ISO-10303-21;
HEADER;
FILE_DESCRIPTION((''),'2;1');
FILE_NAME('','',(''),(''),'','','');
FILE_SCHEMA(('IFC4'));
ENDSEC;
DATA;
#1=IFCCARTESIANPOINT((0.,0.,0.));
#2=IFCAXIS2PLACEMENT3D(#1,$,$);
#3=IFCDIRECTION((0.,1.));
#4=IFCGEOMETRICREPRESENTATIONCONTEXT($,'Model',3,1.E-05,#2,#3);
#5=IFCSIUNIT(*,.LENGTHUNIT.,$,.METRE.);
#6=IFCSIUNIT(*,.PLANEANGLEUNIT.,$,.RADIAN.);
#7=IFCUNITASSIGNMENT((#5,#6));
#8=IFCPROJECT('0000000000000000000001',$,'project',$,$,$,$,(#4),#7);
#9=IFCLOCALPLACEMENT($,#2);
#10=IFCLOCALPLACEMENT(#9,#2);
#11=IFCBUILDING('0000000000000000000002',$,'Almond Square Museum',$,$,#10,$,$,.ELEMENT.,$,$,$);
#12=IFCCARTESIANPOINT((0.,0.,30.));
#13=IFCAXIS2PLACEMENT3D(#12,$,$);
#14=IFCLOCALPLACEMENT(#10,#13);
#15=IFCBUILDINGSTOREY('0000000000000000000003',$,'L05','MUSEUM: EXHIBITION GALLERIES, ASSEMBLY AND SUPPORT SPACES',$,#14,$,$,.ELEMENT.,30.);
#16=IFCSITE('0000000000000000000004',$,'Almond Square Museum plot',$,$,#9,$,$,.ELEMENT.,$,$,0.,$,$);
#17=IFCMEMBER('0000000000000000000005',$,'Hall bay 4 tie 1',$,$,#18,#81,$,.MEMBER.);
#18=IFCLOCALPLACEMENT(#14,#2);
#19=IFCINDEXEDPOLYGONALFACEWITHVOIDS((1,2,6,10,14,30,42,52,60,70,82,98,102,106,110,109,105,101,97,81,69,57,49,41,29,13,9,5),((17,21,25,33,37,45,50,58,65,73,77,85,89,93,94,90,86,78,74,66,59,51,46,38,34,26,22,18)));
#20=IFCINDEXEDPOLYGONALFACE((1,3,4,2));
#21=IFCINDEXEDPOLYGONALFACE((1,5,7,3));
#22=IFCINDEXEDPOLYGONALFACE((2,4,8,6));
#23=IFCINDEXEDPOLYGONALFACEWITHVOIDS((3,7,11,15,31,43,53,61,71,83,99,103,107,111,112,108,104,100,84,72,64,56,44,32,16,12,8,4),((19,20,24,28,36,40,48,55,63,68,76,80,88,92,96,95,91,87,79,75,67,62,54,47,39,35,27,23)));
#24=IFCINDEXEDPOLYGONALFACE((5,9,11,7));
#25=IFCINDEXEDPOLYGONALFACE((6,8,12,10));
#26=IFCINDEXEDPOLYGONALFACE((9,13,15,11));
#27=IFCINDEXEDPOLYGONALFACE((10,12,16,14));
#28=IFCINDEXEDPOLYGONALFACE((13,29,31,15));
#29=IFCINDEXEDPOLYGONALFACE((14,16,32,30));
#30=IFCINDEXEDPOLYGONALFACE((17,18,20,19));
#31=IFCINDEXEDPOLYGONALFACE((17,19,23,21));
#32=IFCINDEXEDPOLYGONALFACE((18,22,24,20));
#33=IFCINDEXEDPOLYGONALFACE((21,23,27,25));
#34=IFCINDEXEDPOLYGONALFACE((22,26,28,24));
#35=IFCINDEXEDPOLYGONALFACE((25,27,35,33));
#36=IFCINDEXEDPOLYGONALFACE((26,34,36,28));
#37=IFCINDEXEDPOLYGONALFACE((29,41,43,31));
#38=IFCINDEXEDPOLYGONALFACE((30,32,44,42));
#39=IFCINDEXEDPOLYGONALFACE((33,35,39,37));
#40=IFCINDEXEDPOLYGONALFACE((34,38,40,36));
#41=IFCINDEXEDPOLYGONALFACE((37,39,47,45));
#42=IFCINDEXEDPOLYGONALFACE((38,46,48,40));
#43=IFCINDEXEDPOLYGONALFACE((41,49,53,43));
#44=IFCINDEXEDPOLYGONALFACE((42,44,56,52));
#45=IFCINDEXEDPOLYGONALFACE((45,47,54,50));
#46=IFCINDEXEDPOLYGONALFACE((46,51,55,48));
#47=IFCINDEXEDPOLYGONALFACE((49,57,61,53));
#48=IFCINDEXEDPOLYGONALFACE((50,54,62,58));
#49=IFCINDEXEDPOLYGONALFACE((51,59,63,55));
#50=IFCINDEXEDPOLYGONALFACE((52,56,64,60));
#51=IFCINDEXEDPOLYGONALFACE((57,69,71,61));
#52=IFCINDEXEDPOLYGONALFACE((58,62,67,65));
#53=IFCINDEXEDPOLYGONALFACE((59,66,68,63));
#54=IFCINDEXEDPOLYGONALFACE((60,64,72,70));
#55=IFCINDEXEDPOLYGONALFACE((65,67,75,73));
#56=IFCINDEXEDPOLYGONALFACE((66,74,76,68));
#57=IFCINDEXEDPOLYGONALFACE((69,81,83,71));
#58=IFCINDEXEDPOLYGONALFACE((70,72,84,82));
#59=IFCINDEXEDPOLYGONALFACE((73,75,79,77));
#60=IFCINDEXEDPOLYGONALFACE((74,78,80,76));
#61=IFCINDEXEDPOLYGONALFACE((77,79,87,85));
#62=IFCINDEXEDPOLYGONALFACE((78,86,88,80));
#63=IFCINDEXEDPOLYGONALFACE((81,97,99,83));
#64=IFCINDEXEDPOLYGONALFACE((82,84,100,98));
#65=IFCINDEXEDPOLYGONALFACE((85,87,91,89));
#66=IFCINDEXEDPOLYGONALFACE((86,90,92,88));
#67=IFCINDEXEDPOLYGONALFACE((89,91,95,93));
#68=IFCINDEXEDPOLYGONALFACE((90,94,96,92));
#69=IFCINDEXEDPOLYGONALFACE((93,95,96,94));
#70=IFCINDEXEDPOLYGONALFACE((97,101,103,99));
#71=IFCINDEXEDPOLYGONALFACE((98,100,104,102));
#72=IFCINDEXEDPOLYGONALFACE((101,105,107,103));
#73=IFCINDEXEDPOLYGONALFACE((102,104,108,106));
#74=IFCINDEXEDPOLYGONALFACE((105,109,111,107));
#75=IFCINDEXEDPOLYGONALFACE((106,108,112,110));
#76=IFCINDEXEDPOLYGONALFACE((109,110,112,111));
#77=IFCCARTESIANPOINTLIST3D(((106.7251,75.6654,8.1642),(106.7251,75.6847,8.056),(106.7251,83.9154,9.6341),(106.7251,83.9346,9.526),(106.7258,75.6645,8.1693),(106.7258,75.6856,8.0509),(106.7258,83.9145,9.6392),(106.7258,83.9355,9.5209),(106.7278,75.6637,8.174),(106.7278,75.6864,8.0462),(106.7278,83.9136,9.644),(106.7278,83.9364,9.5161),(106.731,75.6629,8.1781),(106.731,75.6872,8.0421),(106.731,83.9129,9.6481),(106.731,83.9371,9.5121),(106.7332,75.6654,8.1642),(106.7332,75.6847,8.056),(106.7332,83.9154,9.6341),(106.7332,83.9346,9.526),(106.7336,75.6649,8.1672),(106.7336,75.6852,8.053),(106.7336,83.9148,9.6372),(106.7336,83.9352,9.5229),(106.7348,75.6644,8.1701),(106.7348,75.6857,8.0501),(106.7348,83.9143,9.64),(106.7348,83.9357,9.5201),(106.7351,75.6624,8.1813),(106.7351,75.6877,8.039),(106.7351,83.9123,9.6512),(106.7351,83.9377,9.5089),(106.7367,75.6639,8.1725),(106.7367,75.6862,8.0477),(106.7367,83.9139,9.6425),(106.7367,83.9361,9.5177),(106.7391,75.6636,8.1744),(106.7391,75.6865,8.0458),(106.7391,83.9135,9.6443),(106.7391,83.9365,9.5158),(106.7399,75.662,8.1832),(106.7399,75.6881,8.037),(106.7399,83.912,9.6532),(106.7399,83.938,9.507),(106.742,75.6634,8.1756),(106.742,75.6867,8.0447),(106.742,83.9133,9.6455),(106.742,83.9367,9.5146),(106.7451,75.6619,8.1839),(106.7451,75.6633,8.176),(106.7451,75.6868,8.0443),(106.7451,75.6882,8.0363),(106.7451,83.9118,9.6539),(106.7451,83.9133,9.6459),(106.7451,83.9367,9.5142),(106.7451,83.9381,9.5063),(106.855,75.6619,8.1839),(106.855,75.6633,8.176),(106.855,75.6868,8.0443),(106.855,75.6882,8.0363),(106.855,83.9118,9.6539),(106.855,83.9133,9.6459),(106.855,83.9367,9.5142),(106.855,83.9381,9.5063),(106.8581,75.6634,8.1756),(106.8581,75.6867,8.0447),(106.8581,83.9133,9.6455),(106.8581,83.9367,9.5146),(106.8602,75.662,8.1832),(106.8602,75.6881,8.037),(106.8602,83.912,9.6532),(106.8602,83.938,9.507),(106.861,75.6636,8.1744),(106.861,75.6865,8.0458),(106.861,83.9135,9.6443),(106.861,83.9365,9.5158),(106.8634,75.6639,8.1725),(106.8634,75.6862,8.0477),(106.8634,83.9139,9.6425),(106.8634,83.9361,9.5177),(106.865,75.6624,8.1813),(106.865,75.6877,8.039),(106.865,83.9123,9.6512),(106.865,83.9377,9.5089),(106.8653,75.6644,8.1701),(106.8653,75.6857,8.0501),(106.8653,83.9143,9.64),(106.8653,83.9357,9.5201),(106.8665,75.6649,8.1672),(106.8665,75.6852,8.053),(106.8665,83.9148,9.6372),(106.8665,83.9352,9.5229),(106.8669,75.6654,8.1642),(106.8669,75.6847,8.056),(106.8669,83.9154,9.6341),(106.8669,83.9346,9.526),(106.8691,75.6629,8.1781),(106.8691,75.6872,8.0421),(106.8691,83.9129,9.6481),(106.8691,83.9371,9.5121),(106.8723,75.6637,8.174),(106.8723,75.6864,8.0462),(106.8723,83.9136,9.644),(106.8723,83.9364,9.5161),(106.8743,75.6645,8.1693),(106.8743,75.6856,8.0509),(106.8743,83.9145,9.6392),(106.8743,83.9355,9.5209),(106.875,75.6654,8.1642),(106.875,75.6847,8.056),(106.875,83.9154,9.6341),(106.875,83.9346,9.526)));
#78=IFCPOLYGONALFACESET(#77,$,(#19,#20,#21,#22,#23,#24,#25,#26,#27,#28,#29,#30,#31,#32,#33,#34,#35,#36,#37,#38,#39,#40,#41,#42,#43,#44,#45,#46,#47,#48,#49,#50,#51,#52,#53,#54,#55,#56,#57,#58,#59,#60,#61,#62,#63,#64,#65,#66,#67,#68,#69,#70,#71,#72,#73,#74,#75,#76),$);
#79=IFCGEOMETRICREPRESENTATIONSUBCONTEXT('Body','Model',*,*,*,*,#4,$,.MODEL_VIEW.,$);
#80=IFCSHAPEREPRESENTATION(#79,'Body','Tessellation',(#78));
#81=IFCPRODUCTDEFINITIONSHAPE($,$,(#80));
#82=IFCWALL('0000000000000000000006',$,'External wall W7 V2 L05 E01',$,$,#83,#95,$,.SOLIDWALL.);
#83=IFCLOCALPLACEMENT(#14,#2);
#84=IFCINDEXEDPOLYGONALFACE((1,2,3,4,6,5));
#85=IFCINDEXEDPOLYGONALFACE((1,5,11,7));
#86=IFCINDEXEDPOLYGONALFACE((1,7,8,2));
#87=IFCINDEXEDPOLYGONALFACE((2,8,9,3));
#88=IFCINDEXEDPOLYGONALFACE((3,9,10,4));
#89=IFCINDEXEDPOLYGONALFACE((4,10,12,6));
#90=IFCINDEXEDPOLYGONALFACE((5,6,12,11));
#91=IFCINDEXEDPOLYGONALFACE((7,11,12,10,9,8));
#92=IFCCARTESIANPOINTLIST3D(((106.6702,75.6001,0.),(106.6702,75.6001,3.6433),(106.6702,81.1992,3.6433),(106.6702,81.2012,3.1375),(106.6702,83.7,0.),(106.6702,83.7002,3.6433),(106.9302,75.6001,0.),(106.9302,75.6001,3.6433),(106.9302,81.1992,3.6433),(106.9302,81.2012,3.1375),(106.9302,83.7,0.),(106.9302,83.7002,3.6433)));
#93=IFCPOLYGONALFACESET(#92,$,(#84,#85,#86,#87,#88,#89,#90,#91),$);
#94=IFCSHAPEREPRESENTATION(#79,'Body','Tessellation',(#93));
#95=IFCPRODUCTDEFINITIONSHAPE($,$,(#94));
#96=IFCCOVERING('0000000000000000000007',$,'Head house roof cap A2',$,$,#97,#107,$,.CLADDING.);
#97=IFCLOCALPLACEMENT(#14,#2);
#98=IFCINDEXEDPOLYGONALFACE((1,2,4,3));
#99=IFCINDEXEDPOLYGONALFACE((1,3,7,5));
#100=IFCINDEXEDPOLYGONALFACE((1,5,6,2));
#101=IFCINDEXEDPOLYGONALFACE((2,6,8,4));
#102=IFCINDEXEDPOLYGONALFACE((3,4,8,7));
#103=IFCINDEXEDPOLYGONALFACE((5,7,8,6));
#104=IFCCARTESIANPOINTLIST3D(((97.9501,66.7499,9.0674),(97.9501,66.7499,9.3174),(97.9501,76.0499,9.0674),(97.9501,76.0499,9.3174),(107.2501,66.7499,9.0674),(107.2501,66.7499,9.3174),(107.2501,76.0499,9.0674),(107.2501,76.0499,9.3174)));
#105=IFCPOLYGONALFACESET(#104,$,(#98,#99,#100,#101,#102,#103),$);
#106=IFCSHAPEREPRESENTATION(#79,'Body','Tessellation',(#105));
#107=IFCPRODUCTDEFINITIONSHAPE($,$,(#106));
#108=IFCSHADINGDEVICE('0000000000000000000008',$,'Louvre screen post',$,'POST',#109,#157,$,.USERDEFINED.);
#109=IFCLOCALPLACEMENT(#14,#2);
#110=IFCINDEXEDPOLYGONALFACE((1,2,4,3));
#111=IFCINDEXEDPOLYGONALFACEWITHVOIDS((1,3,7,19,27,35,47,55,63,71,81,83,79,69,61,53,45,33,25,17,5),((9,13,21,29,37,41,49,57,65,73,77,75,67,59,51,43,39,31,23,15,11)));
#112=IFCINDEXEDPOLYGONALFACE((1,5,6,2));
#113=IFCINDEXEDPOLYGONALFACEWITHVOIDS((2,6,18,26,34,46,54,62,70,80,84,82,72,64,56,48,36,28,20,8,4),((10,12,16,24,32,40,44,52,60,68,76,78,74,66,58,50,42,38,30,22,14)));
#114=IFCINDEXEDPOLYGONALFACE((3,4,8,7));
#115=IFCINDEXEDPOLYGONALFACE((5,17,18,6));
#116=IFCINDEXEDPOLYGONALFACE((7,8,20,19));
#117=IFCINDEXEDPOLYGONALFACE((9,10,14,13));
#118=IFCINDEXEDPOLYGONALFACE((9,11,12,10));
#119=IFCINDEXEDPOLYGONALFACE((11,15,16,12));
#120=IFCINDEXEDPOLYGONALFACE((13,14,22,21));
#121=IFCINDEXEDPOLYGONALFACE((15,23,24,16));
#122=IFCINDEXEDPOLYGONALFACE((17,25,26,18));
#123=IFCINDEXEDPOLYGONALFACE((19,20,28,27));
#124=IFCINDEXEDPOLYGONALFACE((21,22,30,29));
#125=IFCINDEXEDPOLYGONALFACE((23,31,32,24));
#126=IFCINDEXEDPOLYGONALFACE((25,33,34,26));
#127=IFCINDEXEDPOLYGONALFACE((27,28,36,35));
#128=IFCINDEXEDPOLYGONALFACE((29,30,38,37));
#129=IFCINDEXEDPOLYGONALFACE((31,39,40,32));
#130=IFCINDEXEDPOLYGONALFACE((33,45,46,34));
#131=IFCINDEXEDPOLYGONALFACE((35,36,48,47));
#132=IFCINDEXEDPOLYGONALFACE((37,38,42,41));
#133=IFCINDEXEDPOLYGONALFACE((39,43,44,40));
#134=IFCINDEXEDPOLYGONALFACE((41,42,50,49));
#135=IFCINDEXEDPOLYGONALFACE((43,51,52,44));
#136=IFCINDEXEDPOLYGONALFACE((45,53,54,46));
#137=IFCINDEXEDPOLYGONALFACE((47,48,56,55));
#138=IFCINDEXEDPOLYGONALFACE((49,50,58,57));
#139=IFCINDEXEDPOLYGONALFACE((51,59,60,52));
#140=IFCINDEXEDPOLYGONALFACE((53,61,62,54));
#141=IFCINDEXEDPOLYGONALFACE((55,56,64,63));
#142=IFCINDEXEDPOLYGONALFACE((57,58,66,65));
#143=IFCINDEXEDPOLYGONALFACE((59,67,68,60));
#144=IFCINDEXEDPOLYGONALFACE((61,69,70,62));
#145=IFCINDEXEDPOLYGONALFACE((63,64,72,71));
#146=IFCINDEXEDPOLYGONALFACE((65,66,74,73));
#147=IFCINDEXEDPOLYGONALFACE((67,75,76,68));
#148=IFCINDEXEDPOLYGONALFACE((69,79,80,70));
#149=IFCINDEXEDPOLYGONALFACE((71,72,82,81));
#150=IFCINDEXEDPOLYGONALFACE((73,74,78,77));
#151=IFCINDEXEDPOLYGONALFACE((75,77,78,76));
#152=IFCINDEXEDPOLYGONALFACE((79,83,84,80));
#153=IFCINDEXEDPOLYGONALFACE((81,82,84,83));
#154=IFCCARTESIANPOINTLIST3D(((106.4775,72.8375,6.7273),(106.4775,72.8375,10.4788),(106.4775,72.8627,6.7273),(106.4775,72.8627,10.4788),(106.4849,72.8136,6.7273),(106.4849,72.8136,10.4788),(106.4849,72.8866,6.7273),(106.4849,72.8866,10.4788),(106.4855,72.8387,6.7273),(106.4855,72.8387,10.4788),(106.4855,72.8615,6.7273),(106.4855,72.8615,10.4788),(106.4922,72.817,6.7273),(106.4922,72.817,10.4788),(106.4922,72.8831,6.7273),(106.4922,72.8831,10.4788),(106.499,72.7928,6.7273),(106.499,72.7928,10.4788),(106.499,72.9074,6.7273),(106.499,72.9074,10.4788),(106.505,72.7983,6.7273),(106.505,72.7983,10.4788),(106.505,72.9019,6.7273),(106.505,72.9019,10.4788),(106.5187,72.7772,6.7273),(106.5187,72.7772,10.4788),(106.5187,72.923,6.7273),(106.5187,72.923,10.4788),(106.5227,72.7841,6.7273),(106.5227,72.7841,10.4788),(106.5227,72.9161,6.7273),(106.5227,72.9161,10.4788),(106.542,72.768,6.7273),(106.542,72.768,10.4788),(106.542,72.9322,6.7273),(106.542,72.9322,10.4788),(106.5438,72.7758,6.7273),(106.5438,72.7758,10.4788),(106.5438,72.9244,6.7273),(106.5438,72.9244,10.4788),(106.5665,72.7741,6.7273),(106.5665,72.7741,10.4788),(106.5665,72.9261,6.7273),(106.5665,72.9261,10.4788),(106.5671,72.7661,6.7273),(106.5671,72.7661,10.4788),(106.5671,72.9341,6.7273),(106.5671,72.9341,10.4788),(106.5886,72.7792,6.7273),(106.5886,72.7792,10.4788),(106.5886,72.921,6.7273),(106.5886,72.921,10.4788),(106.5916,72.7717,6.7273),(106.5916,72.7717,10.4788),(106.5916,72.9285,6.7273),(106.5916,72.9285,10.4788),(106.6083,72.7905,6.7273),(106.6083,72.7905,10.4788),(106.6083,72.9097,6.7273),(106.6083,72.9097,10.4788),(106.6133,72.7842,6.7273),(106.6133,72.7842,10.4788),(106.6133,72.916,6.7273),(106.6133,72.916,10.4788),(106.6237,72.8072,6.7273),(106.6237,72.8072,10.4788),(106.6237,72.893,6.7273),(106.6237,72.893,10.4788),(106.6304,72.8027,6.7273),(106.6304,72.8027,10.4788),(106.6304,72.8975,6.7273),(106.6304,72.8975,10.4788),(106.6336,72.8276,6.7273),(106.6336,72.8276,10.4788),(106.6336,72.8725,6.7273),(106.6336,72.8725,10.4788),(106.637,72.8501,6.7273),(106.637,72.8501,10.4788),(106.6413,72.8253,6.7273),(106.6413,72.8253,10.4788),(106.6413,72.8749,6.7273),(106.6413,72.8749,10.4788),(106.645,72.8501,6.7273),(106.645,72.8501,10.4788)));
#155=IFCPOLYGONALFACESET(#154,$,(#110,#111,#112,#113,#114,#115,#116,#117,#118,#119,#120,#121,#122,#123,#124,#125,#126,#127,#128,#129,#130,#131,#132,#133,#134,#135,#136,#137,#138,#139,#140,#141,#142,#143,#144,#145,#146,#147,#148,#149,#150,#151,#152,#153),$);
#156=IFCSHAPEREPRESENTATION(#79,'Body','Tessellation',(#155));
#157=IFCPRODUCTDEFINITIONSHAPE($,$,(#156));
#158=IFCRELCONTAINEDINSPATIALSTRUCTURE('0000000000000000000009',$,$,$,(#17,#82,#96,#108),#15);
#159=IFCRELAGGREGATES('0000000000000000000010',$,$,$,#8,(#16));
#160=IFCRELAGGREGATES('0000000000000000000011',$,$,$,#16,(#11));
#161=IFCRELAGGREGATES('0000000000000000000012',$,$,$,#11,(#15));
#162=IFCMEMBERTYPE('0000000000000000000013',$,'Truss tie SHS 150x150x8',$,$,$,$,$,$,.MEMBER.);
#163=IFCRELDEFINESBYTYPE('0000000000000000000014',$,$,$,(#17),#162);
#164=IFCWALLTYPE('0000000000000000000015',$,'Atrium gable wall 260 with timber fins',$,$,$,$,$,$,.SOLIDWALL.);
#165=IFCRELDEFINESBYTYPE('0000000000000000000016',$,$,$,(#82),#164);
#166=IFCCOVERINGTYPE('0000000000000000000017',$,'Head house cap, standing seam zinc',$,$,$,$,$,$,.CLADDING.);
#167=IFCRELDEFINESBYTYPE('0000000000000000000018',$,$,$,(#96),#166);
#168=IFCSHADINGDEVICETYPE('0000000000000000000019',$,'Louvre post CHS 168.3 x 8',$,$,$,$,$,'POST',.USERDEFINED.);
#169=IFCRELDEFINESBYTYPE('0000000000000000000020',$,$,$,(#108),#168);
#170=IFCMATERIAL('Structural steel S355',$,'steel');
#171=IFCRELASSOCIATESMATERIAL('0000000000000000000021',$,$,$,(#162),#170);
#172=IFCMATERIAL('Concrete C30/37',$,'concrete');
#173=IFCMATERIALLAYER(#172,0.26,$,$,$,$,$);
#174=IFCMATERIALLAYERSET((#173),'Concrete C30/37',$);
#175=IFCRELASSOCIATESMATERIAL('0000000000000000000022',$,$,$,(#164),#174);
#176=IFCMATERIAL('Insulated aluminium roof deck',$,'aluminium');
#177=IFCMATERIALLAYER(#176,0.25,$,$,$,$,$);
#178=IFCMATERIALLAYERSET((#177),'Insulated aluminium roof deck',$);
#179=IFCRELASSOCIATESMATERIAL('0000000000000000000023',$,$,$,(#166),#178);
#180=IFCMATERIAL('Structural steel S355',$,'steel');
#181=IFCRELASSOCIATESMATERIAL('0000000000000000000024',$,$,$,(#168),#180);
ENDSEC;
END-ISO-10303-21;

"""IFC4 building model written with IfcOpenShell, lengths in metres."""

from ifc_helpers import new_model, si_unit, direction, frame, origin, origin_2d, place, context, subcontext, project, spatial, polyline, rectangle, hollow_rectangle, hollow_circle, outline, extrude, material, layer, layer_set, material_profile, profile_set, type_object, element, save


model = new_model("IFC4")

# Units and contexts
model_context = context("Model", 3, precision=1e-05, world=origin(), true_north=direction((0.0, 1.0)))
body_context = subcontext(model_context, "Body", "Model", "MODEL_VIEW")
ifc_project = project(units=[si_unit("LENGTHUNIT", "METRE"), si_unit("PLANEANGLEUNIT", "RADIAN")], contexts=[model_context])

# Site, building, storey
site_placement = place(None, origin())
site = spatial("IfcSite", under=ifc_project, at=site_placement, Name="Almond Square Museum plot", CompositionType="ELEMENT", RefElevation=0.0)
building_placement = place(site_placement, origin())
building = spatial("IfcBuilding", under=site, at=building_placement, Name="Almond Square Museum", CompositionType="ELEMENT")
storey_placement = place(building_placement, frame((0.0, 0.0, 30.0)))
storey = spatial("IfcBuildingStorey", under=building, at=storey_placement, Name="L05", Description="MUSEUM: EXHIBITION GALLERIES, ASSEMBLY AND SUPPORT SPACES", CompositionType="ELEMENT", Elevation=30.0)

# Member
ifc_material_1 = material(Name="Structural steel S355", Category="steel")
ifc_material_profile_1 = material_profile(ifc_material_1, hollow_rectangle(XDim=0.1499, YDim=0.1499, WallThickness=0.0081, InnerFilletRadius=0.012, OuterFilletRadius=0.02, at=origin_2d()))
ifc_profile_set_1 = profile_set([ifc_material_profile_1], Name="Structural steel S355")
member_type_1 = type_object("IfcMemberType", Name="Truss tie SHS 150x150x8", PredefinedType="MEMBER", material=ifc_profile_set_1)
member_1_placement = place(storey_placement, frame((106.8, 75.675, 8.1101), z_axis=(0.0, 0.984494, 0.175416), x_axis=(-1.0, 0.0, 0.0)))
element("IfcMember", 1, at=member_1_placement, inside=storey, type_object=member_type_1, Name="Hall bay 4 tie 1", PredefinedType="MEMBER", context=body_context, shape_type="SweptSolid", body=[
    extrude(hollow_rectangle(XDim=0.1499, YDim=0.1499, WallThickness=0.0081, InnerFilletRadius=0.012, OuterFilletRadius=0.02, at=origin_2d()), origin(), (0.0, 0.0, 1.0), 8.3799),
])

# Wall
ifc_material_2 = material(Name="Concrete C30/37", Category="concrete")
ifc_layer_1 = layer(ifc_material_2, 0.26)
ifc_layer_set_1 = layer_set([ifc_layer_1], Name="Concrete C30/37")
wall_type = type_object("IfcWallType", Name="Atrium gable wall 260 with timber fins", PredefinedType="SOLIDWALL", material=ifc_layer_set_1)
wall_placement = place(storey_placement, frame((106.8, 75.6001, 0.0), z_axis=(0.0, 0.0, 1.0), x_axis=(0.0, 1.0, 0.0)))
element("IfcWall", 2, at=wall_placement, inside=storey, type_object=wall_type, Name="External wall W7 V2 L05 E01", PredefinedType="SOLIDWALL", context=body_context, shape_type="SweptSolid", body=[
    extrude(outline(polyline([(0.0, 0.0), (8.0999, 0.0), (8.1001, 3.6433), (5.6011, 3.1375), (5.5991, 3.6433), (0.0, 3.6433), (0.0, 0.0)])), frame((0.0, 0.1299, 0.0), z_axis=(0.0, -1.0, 0.0), x_axis=(1.0, 0.0, 0.0)), (0.0, 0.0, 1.0), 0.26),
])

# Covering
ifc_material_3 = material(Name="Insulated aluminium roof deck", Category="aluminium")
ifc_layer_2 = layer(ifc_material_3, 0.25)
ifc_layer_set_2 = layer_set([ifc_layer_2], Name="Insulated aluminium roof deck")
covering_type_1 = type_object("IfcCoveringType", Name="Head house cap, standing seam zinc", PredefinedType="CLADDING", material=ifc_layer_set_2)
covering_1_placement = place(storey_placement, frame((102.6001, 71.3999, 9.0674), z_axis=(0.0, 0.0, 1.0), x_axis=(1.0, 0.0, 0.0)))
element("IfcCovering", 3, at=covering_1_placement, inside=storey, type_object=covering_type_1, Name="Head house roof cap A2", PredefinedType="CLADDING", context=body_context, shape_type="SweptSolid", body=[
    extrude(rectangle(XDim=9.3, YDim=9.3, at=origin_2d()), origin(), (0.0, 0.0, 1.0), 0.25),
])

# Shading device
ifc_material_4 = material(Name="Structural steel S355", Category="steel")
ifc_material_profile_2 = material_profile(ifc_material_4, hollow_circle(Radius=0.0842, WallThickness=0.0081, at=origin_2d()))
ifc_profile_set_2 = profile_set([ifc_material_profile_2], Name="Structural steel S355")
shading_device_type = type_object("IfcShadingDeviceType", Name="Louvre post CHS 168.3 x 8", ElementType="POST", PredefinedType="USERDEFINED", material=ifc_profile_set_2)
shading_device_1_placement = place(storey_placement, frame((106.5608, 72.8501, 6.7273), z_axis=(0.0, 0.0, 1.0), x_axis=(1.0, 0.0, 0.0)))
element("IfcShadingDevice", 4, at=shading_device_1_placement, inside=storey, type_object=shading_device_type, Name="Louvre screen post", ObjectType="POST", PredefinedType="USERDEFINED", context=body_context, shape_type="SweptSolid", body=[
    extrude(hollow_circle(Radius=0.0842, WallThickness=0.0081, at=origin_2d()), origin(), (0.0, 0.0, 1.0), 3.7515),
])

save(model, "model.ifc")
